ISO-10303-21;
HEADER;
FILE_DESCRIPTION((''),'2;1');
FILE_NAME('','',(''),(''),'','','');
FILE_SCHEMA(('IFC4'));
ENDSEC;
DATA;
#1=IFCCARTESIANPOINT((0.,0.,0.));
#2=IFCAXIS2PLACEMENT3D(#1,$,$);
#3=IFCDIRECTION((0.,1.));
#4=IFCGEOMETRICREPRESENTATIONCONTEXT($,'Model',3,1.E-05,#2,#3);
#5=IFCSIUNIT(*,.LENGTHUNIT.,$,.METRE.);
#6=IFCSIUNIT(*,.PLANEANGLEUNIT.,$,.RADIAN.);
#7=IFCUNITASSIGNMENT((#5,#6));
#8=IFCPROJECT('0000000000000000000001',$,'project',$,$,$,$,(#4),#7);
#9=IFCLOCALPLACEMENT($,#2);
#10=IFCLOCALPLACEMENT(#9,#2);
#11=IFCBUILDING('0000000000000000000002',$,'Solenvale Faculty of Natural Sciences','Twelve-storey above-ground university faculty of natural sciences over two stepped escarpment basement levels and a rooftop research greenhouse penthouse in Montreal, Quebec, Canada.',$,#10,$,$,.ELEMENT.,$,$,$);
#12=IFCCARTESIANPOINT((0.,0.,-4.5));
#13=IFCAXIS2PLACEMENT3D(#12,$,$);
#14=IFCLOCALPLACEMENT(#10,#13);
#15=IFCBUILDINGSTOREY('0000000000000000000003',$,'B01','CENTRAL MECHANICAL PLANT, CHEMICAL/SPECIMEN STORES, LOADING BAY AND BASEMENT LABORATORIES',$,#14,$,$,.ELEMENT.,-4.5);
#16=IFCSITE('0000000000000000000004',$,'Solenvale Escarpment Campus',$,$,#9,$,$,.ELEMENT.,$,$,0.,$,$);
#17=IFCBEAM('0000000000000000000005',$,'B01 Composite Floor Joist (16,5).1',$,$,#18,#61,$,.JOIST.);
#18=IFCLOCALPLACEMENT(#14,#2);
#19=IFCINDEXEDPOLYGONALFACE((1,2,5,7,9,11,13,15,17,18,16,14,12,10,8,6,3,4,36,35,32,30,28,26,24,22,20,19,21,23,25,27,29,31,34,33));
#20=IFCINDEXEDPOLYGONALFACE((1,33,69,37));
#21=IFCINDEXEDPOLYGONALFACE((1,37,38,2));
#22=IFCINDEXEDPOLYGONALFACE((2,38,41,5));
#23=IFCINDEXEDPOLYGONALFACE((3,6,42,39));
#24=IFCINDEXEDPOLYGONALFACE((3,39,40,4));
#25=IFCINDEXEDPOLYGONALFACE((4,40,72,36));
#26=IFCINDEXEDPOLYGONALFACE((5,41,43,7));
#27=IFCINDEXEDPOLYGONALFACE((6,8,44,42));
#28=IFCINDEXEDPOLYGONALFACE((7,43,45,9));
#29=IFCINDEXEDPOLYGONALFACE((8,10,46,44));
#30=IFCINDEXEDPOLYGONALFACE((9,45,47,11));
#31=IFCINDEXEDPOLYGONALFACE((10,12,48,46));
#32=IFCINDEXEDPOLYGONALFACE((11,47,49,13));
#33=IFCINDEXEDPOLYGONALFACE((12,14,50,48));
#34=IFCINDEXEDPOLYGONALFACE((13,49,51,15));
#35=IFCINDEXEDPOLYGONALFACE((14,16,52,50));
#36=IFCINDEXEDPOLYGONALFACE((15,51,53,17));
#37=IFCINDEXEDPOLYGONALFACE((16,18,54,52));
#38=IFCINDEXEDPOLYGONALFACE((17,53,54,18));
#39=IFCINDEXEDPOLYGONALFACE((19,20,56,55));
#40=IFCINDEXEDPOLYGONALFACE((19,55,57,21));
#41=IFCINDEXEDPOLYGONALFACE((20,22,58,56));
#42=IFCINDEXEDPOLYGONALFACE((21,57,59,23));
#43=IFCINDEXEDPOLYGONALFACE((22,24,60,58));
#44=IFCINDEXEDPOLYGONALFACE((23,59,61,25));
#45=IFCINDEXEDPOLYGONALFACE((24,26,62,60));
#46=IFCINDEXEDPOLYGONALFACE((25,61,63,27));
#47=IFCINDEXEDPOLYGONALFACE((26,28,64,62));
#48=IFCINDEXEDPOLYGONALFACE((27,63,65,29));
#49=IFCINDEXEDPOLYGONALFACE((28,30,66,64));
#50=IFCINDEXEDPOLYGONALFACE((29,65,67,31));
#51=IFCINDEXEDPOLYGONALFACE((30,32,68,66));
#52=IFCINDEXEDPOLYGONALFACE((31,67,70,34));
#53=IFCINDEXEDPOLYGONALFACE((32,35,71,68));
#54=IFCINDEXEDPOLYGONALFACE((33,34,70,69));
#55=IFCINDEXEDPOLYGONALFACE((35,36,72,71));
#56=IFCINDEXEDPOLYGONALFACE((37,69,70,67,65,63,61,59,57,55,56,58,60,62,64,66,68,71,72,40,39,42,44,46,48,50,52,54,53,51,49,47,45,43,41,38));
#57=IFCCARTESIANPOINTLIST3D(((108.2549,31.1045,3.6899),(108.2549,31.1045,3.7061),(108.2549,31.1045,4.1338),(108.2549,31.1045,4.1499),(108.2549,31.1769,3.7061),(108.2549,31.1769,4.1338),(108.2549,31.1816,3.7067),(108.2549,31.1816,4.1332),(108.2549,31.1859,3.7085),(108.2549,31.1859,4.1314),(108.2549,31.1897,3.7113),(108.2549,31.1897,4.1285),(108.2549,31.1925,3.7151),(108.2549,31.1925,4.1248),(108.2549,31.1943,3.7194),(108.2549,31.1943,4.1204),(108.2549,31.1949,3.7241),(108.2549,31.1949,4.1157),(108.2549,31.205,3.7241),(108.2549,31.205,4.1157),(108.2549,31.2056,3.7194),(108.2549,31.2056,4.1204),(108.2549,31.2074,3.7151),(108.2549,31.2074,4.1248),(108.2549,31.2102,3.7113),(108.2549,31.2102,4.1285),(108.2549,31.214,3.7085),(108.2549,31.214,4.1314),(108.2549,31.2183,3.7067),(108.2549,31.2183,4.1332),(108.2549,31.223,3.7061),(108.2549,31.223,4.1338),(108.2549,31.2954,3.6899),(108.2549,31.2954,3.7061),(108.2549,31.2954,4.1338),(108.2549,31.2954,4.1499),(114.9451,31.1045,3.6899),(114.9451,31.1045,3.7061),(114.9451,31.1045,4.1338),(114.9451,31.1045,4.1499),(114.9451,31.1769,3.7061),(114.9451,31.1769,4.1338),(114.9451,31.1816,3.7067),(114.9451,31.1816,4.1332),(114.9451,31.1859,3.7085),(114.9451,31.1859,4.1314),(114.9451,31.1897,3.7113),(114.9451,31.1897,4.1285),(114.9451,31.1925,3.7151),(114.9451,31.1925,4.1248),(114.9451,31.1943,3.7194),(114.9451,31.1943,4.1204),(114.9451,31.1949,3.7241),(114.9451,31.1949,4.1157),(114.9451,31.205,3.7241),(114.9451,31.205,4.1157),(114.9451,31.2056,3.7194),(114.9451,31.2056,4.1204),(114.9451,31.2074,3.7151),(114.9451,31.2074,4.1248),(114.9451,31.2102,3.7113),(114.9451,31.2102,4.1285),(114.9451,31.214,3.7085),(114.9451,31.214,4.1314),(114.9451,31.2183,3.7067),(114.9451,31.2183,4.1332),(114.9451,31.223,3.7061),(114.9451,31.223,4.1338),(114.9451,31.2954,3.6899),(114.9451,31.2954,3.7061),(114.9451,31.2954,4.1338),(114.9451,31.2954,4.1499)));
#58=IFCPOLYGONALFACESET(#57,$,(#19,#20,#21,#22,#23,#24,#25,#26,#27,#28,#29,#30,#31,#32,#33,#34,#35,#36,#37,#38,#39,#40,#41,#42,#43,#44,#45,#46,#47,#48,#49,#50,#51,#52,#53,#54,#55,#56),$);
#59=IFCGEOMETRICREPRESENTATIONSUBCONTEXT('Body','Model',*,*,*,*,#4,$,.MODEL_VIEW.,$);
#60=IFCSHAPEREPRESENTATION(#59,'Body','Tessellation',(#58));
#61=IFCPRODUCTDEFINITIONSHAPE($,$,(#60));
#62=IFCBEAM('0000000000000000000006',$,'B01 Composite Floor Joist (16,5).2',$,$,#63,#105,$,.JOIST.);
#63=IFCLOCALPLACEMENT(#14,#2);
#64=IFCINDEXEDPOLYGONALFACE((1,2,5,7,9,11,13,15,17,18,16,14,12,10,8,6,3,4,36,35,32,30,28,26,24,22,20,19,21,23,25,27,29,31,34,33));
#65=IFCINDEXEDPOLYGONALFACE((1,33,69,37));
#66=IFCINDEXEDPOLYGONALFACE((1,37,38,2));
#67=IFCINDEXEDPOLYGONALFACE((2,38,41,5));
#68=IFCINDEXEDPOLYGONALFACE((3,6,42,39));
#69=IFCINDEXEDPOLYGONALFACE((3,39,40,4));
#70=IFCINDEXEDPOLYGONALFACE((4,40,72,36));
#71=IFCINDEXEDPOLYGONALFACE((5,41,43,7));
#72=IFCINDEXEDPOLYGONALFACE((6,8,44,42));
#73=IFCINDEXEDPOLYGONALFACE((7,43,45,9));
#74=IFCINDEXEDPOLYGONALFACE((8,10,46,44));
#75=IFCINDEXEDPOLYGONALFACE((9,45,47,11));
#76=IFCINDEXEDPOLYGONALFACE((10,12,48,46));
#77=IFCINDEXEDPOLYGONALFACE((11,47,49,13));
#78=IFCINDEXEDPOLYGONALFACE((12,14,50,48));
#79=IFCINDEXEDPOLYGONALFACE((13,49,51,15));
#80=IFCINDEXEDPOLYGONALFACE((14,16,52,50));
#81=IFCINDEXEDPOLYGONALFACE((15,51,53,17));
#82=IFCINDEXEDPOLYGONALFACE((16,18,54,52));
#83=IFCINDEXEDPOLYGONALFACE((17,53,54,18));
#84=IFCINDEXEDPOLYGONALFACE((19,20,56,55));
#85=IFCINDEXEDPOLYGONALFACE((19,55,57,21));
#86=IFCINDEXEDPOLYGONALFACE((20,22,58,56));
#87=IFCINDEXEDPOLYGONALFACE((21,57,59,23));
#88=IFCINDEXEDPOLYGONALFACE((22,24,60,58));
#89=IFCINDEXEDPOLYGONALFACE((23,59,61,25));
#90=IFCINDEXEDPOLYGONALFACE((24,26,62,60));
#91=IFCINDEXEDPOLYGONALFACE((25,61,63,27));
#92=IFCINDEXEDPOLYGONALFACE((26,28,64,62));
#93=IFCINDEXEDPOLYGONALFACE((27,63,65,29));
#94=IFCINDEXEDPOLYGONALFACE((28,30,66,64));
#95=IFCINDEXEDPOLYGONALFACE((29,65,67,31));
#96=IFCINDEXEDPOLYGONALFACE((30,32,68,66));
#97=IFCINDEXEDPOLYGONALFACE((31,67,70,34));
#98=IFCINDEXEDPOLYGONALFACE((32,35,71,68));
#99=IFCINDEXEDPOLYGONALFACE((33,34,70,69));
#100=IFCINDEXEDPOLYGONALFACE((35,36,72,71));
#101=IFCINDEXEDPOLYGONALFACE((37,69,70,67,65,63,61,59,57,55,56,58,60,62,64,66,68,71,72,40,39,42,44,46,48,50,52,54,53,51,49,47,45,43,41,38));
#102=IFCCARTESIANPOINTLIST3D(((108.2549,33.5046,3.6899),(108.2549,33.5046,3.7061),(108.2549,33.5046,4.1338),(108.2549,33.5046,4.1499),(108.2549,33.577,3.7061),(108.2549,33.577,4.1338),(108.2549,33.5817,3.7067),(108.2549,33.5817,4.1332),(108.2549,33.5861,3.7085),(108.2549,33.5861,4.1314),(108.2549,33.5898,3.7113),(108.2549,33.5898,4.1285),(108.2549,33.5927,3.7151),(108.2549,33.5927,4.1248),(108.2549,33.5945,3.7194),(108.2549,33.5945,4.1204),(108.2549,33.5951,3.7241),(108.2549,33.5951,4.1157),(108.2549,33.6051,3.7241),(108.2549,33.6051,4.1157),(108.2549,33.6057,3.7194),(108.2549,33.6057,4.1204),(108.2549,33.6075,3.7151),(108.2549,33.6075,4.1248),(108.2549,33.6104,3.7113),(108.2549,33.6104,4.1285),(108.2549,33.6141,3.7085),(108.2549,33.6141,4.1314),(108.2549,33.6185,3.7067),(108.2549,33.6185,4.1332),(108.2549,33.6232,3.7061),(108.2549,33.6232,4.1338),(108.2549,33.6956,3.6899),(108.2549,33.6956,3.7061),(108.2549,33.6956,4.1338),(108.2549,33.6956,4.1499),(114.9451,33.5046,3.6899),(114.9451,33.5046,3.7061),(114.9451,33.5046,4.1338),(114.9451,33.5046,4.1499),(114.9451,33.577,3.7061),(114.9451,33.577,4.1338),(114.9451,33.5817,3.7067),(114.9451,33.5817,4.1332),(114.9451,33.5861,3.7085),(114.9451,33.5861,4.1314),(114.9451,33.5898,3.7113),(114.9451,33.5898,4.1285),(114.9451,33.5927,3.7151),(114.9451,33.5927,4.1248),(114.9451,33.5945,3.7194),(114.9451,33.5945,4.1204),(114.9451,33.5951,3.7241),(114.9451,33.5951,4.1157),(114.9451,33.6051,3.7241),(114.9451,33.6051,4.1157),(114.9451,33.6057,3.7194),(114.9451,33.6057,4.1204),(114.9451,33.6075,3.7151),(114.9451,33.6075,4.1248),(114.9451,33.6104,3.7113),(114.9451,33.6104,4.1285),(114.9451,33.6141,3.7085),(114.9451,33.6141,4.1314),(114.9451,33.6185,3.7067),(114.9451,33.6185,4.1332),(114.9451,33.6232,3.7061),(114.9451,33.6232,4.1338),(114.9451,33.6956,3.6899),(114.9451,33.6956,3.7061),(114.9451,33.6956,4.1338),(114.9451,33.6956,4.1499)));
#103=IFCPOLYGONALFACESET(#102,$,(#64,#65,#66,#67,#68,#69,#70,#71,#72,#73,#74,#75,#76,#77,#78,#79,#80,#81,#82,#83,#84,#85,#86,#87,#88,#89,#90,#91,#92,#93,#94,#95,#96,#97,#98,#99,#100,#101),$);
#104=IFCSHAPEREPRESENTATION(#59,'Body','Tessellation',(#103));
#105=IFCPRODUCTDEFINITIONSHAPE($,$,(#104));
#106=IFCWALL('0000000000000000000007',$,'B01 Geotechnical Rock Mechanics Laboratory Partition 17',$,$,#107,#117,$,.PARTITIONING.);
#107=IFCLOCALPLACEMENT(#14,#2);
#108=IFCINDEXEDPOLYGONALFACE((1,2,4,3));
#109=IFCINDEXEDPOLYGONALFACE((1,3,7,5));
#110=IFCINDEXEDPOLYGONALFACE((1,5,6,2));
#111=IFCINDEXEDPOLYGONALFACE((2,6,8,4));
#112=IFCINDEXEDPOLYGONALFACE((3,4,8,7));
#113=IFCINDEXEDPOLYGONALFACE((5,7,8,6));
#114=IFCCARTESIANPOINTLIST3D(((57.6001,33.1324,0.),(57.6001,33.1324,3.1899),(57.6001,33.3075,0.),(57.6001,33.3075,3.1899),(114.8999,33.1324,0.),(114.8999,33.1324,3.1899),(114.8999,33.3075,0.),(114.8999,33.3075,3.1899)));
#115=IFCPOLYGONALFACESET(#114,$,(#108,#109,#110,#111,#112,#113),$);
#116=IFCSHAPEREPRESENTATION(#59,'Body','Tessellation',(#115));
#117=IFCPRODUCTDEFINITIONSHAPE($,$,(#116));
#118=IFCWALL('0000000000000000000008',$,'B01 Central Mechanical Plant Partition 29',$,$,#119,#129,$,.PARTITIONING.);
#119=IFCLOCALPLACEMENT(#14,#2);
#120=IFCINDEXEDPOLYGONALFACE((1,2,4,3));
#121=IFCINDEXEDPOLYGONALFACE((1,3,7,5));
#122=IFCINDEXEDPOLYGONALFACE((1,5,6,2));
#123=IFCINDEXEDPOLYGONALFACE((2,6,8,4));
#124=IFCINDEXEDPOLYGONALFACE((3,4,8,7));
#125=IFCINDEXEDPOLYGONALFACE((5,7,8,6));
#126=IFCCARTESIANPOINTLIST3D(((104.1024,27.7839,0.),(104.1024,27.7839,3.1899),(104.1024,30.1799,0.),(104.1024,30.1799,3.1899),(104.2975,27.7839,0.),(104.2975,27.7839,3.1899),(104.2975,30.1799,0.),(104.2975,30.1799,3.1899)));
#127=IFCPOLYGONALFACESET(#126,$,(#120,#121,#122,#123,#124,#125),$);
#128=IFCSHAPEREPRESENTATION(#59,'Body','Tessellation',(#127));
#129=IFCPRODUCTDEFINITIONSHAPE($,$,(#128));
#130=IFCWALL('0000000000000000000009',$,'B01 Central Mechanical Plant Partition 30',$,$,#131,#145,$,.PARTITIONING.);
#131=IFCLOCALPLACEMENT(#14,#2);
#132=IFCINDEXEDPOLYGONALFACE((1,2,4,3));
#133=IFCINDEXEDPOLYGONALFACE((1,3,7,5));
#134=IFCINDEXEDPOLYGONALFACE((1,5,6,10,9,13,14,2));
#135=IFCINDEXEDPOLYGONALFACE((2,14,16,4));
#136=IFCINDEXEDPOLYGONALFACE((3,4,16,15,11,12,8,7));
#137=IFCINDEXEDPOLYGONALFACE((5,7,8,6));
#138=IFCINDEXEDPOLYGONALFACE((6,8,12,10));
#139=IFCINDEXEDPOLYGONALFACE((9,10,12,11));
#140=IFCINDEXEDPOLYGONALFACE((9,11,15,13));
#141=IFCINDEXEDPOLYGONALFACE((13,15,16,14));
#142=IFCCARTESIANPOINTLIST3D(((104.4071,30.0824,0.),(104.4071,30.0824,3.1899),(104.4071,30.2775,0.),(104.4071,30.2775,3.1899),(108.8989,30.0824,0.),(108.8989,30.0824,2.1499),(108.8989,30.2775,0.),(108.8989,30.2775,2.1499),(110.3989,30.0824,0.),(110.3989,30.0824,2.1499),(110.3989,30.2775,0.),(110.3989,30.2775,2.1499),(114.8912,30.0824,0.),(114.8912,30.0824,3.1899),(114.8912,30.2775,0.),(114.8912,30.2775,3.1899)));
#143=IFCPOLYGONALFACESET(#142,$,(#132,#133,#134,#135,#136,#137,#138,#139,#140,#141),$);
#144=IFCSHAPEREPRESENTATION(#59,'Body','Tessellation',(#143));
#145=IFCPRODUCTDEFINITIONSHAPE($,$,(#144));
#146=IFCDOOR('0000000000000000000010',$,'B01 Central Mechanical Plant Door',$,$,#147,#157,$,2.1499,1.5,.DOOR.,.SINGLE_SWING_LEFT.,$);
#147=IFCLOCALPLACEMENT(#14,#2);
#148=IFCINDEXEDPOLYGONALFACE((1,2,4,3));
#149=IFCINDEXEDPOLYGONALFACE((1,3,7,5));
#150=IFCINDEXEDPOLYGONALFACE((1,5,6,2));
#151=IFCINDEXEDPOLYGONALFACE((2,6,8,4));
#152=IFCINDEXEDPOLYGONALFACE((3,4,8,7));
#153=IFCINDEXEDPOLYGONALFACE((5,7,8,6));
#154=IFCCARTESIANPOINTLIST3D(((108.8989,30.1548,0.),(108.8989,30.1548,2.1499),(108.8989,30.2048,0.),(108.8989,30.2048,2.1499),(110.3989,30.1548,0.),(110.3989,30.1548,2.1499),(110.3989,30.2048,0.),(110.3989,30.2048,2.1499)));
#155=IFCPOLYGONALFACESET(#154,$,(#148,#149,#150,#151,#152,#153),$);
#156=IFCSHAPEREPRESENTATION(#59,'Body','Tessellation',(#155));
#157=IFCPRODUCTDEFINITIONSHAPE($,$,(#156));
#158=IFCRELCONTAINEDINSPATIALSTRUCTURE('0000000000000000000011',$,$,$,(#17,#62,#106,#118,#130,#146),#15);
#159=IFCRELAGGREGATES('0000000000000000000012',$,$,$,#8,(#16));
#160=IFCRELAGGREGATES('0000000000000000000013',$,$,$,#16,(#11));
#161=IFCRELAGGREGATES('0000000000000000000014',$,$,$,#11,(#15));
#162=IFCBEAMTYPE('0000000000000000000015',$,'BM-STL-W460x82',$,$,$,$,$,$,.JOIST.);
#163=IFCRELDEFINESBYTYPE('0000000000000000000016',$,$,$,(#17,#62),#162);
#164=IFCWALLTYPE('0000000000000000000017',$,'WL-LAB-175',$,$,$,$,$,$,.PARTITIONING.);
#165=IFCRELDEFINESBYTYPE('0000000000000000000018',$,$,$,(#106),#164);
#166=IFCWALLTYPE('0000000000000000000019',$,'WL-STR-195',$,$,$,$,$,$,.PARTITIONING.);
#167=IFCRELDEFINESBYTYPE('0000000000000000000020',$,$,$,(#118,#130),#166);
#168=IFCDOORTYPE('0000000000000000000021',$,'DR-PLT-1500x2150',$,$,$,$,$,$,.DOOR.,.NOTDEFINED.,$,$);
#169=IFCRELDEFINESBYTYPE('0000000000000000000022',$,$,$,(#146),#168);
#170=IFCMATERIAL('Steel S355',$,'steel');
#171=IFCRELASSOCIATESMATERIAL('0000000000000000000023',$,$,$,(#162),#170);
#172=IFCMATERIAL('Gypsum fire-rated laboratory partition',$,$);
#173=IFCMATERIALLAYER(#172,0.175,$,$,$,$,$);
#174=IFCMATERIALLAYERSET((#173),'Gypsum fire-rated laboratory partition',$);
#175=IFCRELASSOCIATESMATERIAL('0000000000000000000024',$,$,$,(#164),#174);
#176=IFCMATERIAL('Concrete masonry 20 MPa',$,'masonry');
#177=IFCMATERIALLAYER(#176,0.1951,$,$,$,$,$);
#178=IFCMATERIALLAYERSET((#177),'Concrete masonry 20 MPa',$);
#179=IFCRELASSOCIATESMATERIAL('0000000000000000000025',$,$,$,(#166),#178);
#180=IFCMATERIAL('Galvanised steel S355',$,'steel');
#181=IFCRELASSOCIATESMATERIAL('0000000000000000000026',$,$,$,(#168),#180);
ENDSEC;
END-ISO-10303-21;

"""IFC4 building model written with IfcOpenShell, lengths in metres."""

from ifc_helpers import new_model, si_unit, direction, frame, frame_2d, origin, origin_2d, place, context, subcontext, project, spatial, rectangle, i_section, extrude, material, layer, layer_set, material_profile, profile_set, type_object, element, fill, save


model = new_model("IFC4")

# Units and contexts
model_context = context("Model", 3, precision=1e-05, world=origin(), true_north=direction((0.0, 1.0)))
body_context = subcontext(model_context, "Body", "Model", "MODEL_VIEW")
ifc_project = project(units=[si_unit("LENGTHUNIT", "METRE"), si_unit("PLANEANGLEUNIT", "RADIAN")], contexts=[model_context])

# Site, building, storey
site_placement = place(None, origin())
site = spatial("IfcSite", under=ifc_project, at=site_placement, Name="Solenvale Escarpment Campus", CompositionType="ELEMENT", RefElevation=0.0)
building_placement = place(site_placement, origin())
building = spatial("IfcBuilding", under=site, at=building_placement, Name="Solenvale Faculty of Natural Sciences", Description="Twelve-storey above-ground university faculty of natural sciences over two stepped escarpment basement levels and a rooftop research greenhouse penthouse in Montreal, Quebec, Canada.", CompositionType="ELEMENT")
storey_placement = place(building_placement, frame((0.0, 0.0, -4.5)))
storey = spatial("IfcBuildingStorey", under=building, at=storey_placement, Name="B01", Description="CENTRAL MECHANICAL PLANT, CHEMICAL/SPECIMEN STORES, LOADING BAY AND BASEMENT LABORATORIES", CompositionType="ELEMENT", Elevation=-4.5)

# Beams
ifc_material_1 = material(Name="Steel S355", Category="steel")
ifc_material_profile_1 = material_profile(ifc_material_1, i_section(OverallWidth=0.1909, OverallDepth=0.46, WebThickness=0.01, FlangeThickness=0.0161, FilletRadius=0.0181, at=origin_2d()), Name="W460x82")
ifc_profile_set_1 = profile_set([ifc_material_profile_1], Name="Steel S355")
beam_type_1 = type_object("IfcBeamType", Name="BM-STL-W460x82", PredefinedType="JOIST", material=ifc_profile_set_1)
for number, where, z_axis, x_axis, name in (
    (1, (108.2549, 31.2, 3.9199), (1.0, 0.0, 0.0), (0.0, 1.0, 0.0), "B01 Composite Floor Joist (16,5).1"),
    (2, (108.2549, 33.6001, 3.9199), (1.0, 0.0, 0.0), (0.0, 1.0, 0.0), "B01 Composite Floor Joist (16,5).2"),
):
    element("IfcBeam", number, at=place(storey_placement, frame(where, z_axis=z_axis, x_axis=x_axis)), inside=storey, type_object=beam_type_1, Name=name, PredefinedType="JOIST", context=body_context, shape_type="SweptSolid", body=[
        extrude(i_section(OverallWidth=0.1909, OverallDepth=0.46, WebThickness=0.01, FlangeThickness=0.0161, FilletRadius=0.0181, at=origin_2d()), origin(), (0.0, 0.0, 1.0), 6.6902),
    ])

# Walls
ifc_material_2 = material(Name="Gypsum fire-rated laboratory partition")
ifc_layer_1 = layer(ifc_material_2, 0.175)
ifc_layer_set_1 = layer_set([ifc_layer_1], Name="Gypsum fire-rated laboratory partition")
wall_type_1 = type_object("IfcWallType", Name="WL-LAB-175", PredefinedType="PARTITIONING", material=ifc_layer_set_1)
wall_1_placement = place(storey_placement, frame((114.8999, 33.22, 0.0), z_axis=(0.0, 0.0, 1.0), x_axis=(-1.0, 0.0, 0.0)))
element("IfcWall", 3, at=wall_1_placement, inside=storey, type_object=wall_type_1, Name="B01 Geotechnical Rock Mechanics Laboratory Partition 17", PredefinedType="PARTITIONING", context=body_context, shape_type="SweptSolid", body=[
    extrude(rectangle(XDim=57.2998, YDim=0.175, at=frame_2d((28.6499, 0.0))), origin(), (0.0, 0.0, 1.0), 3.1899),
])
ifc_material_3 = material(Name="Concrete masonry 20 MPa", Category="masonry")
ifc_layer_2 = layer(ifc_material_3, 0.1951)
ifc_layer_set_2 = layer_set([ifc_layer_2], Name="Concrete masonry 20 MPa")
wall_type_2 = type_object("IfcWallType", Name="WL-STR-195", PredefinedType="PARTITIONING", material=ifc_layer_set_2)
wall_2_placement = place(storey_placement, frame((104.2, 27.7839, 0.0), z_axis=(0.0, 0.0, 1.0), x_axis=(0.0, 1.0, 0.0)))
element("IfcWall", 4, at=wall_2_placement, inside=storey, type_object=wall_type_2, Name="B01 Central Mechanical Plant Partition 29", PredefinedType="PARTITIONING", context=body_context, shape_type="SweptSolid", body=[
    extrude(rectangle(XDim=2.396, YDim=0.1951, at=frame_2d((1.198, 0.0))), origin(), (0.0, 0.0, 1.0), 3.1899),
])

# Wall, opening, door
wall_3_placement = place(storey_placement, frame((104.407, 30.1799, 0.0), z_axis=(0.0, 0.0, 1.0), x_axis=(1.0, 0.0, 0.0)))
wall_3 = element("IfcWall", 5, at=wall_3_placement, inside=storey, type_object=wall_type_2, Name="B01 Central Mechanical Plant Partition 30", PredefinedType="PARTITIONING", context=body_context, shape_type="SweptSolid", body=[
    extrude(rectangle(XDim=10.4841, YDim=0.1951, at=frame_2d((5.2422, 0.0))), origin(), (0.0, 0.0, 1.0), 3.1899),
])
opening_placement = place(wall_3_placement, frame((4.4919, 0.0, 0.0)))
opening = element("IfcOpeningElement", 6, at=opening_placement, cuts=wall_3, PredefinedType="OPENING", context=body_context, shape_type="SweptSolid", body=[
    extrude(rectangle(XDim=1.5, YDim=2.1499, at=frame_2d((0.75, 1.075))), frame((0.0, 0.1074, 0.0), z_axis=(0.0, -1.0, 0.0), x_axis=(1.0, 0.0, 0.0)), (0.0, 0.0, 1.0), 0.2151),
])
ifc_material_4 = material(Name="Galvanised steel S355", Category="steel")
door_type = type_object("IfcDoorType", Name="DR-PLT-1500x2150", OperationType="NOTDEFINED", PredefinedType="DOOR", material=ifc_material_4)
door_placement = place(opening_placement, origin())
door = element("IfcDoor", 7, at=door_placement, inside=storey, type_object=door_type, Name="B01 Central Mechanical Plant Door", OperationType="SINGLE_SWING_LEFT", OverallHeight=2.1499, OverallWidth=1.5, PredefinedType="DOOR", context=body_context, shape_type="SweptSolid", body=[
    extrude(rectangle(XDim=1.5, YDim=2.1499, at=frame_2d((0.75, 1.075))), frame((0.0, 0.0249, 0.0), z_axis=(0.0, -1.0, 0.0), x_axis=(1.0, 0.0, 0.0)), (0.0, 0.0, 1.0), 0.05),
])
fill(opening, door)

save(model, "model.ifc")
